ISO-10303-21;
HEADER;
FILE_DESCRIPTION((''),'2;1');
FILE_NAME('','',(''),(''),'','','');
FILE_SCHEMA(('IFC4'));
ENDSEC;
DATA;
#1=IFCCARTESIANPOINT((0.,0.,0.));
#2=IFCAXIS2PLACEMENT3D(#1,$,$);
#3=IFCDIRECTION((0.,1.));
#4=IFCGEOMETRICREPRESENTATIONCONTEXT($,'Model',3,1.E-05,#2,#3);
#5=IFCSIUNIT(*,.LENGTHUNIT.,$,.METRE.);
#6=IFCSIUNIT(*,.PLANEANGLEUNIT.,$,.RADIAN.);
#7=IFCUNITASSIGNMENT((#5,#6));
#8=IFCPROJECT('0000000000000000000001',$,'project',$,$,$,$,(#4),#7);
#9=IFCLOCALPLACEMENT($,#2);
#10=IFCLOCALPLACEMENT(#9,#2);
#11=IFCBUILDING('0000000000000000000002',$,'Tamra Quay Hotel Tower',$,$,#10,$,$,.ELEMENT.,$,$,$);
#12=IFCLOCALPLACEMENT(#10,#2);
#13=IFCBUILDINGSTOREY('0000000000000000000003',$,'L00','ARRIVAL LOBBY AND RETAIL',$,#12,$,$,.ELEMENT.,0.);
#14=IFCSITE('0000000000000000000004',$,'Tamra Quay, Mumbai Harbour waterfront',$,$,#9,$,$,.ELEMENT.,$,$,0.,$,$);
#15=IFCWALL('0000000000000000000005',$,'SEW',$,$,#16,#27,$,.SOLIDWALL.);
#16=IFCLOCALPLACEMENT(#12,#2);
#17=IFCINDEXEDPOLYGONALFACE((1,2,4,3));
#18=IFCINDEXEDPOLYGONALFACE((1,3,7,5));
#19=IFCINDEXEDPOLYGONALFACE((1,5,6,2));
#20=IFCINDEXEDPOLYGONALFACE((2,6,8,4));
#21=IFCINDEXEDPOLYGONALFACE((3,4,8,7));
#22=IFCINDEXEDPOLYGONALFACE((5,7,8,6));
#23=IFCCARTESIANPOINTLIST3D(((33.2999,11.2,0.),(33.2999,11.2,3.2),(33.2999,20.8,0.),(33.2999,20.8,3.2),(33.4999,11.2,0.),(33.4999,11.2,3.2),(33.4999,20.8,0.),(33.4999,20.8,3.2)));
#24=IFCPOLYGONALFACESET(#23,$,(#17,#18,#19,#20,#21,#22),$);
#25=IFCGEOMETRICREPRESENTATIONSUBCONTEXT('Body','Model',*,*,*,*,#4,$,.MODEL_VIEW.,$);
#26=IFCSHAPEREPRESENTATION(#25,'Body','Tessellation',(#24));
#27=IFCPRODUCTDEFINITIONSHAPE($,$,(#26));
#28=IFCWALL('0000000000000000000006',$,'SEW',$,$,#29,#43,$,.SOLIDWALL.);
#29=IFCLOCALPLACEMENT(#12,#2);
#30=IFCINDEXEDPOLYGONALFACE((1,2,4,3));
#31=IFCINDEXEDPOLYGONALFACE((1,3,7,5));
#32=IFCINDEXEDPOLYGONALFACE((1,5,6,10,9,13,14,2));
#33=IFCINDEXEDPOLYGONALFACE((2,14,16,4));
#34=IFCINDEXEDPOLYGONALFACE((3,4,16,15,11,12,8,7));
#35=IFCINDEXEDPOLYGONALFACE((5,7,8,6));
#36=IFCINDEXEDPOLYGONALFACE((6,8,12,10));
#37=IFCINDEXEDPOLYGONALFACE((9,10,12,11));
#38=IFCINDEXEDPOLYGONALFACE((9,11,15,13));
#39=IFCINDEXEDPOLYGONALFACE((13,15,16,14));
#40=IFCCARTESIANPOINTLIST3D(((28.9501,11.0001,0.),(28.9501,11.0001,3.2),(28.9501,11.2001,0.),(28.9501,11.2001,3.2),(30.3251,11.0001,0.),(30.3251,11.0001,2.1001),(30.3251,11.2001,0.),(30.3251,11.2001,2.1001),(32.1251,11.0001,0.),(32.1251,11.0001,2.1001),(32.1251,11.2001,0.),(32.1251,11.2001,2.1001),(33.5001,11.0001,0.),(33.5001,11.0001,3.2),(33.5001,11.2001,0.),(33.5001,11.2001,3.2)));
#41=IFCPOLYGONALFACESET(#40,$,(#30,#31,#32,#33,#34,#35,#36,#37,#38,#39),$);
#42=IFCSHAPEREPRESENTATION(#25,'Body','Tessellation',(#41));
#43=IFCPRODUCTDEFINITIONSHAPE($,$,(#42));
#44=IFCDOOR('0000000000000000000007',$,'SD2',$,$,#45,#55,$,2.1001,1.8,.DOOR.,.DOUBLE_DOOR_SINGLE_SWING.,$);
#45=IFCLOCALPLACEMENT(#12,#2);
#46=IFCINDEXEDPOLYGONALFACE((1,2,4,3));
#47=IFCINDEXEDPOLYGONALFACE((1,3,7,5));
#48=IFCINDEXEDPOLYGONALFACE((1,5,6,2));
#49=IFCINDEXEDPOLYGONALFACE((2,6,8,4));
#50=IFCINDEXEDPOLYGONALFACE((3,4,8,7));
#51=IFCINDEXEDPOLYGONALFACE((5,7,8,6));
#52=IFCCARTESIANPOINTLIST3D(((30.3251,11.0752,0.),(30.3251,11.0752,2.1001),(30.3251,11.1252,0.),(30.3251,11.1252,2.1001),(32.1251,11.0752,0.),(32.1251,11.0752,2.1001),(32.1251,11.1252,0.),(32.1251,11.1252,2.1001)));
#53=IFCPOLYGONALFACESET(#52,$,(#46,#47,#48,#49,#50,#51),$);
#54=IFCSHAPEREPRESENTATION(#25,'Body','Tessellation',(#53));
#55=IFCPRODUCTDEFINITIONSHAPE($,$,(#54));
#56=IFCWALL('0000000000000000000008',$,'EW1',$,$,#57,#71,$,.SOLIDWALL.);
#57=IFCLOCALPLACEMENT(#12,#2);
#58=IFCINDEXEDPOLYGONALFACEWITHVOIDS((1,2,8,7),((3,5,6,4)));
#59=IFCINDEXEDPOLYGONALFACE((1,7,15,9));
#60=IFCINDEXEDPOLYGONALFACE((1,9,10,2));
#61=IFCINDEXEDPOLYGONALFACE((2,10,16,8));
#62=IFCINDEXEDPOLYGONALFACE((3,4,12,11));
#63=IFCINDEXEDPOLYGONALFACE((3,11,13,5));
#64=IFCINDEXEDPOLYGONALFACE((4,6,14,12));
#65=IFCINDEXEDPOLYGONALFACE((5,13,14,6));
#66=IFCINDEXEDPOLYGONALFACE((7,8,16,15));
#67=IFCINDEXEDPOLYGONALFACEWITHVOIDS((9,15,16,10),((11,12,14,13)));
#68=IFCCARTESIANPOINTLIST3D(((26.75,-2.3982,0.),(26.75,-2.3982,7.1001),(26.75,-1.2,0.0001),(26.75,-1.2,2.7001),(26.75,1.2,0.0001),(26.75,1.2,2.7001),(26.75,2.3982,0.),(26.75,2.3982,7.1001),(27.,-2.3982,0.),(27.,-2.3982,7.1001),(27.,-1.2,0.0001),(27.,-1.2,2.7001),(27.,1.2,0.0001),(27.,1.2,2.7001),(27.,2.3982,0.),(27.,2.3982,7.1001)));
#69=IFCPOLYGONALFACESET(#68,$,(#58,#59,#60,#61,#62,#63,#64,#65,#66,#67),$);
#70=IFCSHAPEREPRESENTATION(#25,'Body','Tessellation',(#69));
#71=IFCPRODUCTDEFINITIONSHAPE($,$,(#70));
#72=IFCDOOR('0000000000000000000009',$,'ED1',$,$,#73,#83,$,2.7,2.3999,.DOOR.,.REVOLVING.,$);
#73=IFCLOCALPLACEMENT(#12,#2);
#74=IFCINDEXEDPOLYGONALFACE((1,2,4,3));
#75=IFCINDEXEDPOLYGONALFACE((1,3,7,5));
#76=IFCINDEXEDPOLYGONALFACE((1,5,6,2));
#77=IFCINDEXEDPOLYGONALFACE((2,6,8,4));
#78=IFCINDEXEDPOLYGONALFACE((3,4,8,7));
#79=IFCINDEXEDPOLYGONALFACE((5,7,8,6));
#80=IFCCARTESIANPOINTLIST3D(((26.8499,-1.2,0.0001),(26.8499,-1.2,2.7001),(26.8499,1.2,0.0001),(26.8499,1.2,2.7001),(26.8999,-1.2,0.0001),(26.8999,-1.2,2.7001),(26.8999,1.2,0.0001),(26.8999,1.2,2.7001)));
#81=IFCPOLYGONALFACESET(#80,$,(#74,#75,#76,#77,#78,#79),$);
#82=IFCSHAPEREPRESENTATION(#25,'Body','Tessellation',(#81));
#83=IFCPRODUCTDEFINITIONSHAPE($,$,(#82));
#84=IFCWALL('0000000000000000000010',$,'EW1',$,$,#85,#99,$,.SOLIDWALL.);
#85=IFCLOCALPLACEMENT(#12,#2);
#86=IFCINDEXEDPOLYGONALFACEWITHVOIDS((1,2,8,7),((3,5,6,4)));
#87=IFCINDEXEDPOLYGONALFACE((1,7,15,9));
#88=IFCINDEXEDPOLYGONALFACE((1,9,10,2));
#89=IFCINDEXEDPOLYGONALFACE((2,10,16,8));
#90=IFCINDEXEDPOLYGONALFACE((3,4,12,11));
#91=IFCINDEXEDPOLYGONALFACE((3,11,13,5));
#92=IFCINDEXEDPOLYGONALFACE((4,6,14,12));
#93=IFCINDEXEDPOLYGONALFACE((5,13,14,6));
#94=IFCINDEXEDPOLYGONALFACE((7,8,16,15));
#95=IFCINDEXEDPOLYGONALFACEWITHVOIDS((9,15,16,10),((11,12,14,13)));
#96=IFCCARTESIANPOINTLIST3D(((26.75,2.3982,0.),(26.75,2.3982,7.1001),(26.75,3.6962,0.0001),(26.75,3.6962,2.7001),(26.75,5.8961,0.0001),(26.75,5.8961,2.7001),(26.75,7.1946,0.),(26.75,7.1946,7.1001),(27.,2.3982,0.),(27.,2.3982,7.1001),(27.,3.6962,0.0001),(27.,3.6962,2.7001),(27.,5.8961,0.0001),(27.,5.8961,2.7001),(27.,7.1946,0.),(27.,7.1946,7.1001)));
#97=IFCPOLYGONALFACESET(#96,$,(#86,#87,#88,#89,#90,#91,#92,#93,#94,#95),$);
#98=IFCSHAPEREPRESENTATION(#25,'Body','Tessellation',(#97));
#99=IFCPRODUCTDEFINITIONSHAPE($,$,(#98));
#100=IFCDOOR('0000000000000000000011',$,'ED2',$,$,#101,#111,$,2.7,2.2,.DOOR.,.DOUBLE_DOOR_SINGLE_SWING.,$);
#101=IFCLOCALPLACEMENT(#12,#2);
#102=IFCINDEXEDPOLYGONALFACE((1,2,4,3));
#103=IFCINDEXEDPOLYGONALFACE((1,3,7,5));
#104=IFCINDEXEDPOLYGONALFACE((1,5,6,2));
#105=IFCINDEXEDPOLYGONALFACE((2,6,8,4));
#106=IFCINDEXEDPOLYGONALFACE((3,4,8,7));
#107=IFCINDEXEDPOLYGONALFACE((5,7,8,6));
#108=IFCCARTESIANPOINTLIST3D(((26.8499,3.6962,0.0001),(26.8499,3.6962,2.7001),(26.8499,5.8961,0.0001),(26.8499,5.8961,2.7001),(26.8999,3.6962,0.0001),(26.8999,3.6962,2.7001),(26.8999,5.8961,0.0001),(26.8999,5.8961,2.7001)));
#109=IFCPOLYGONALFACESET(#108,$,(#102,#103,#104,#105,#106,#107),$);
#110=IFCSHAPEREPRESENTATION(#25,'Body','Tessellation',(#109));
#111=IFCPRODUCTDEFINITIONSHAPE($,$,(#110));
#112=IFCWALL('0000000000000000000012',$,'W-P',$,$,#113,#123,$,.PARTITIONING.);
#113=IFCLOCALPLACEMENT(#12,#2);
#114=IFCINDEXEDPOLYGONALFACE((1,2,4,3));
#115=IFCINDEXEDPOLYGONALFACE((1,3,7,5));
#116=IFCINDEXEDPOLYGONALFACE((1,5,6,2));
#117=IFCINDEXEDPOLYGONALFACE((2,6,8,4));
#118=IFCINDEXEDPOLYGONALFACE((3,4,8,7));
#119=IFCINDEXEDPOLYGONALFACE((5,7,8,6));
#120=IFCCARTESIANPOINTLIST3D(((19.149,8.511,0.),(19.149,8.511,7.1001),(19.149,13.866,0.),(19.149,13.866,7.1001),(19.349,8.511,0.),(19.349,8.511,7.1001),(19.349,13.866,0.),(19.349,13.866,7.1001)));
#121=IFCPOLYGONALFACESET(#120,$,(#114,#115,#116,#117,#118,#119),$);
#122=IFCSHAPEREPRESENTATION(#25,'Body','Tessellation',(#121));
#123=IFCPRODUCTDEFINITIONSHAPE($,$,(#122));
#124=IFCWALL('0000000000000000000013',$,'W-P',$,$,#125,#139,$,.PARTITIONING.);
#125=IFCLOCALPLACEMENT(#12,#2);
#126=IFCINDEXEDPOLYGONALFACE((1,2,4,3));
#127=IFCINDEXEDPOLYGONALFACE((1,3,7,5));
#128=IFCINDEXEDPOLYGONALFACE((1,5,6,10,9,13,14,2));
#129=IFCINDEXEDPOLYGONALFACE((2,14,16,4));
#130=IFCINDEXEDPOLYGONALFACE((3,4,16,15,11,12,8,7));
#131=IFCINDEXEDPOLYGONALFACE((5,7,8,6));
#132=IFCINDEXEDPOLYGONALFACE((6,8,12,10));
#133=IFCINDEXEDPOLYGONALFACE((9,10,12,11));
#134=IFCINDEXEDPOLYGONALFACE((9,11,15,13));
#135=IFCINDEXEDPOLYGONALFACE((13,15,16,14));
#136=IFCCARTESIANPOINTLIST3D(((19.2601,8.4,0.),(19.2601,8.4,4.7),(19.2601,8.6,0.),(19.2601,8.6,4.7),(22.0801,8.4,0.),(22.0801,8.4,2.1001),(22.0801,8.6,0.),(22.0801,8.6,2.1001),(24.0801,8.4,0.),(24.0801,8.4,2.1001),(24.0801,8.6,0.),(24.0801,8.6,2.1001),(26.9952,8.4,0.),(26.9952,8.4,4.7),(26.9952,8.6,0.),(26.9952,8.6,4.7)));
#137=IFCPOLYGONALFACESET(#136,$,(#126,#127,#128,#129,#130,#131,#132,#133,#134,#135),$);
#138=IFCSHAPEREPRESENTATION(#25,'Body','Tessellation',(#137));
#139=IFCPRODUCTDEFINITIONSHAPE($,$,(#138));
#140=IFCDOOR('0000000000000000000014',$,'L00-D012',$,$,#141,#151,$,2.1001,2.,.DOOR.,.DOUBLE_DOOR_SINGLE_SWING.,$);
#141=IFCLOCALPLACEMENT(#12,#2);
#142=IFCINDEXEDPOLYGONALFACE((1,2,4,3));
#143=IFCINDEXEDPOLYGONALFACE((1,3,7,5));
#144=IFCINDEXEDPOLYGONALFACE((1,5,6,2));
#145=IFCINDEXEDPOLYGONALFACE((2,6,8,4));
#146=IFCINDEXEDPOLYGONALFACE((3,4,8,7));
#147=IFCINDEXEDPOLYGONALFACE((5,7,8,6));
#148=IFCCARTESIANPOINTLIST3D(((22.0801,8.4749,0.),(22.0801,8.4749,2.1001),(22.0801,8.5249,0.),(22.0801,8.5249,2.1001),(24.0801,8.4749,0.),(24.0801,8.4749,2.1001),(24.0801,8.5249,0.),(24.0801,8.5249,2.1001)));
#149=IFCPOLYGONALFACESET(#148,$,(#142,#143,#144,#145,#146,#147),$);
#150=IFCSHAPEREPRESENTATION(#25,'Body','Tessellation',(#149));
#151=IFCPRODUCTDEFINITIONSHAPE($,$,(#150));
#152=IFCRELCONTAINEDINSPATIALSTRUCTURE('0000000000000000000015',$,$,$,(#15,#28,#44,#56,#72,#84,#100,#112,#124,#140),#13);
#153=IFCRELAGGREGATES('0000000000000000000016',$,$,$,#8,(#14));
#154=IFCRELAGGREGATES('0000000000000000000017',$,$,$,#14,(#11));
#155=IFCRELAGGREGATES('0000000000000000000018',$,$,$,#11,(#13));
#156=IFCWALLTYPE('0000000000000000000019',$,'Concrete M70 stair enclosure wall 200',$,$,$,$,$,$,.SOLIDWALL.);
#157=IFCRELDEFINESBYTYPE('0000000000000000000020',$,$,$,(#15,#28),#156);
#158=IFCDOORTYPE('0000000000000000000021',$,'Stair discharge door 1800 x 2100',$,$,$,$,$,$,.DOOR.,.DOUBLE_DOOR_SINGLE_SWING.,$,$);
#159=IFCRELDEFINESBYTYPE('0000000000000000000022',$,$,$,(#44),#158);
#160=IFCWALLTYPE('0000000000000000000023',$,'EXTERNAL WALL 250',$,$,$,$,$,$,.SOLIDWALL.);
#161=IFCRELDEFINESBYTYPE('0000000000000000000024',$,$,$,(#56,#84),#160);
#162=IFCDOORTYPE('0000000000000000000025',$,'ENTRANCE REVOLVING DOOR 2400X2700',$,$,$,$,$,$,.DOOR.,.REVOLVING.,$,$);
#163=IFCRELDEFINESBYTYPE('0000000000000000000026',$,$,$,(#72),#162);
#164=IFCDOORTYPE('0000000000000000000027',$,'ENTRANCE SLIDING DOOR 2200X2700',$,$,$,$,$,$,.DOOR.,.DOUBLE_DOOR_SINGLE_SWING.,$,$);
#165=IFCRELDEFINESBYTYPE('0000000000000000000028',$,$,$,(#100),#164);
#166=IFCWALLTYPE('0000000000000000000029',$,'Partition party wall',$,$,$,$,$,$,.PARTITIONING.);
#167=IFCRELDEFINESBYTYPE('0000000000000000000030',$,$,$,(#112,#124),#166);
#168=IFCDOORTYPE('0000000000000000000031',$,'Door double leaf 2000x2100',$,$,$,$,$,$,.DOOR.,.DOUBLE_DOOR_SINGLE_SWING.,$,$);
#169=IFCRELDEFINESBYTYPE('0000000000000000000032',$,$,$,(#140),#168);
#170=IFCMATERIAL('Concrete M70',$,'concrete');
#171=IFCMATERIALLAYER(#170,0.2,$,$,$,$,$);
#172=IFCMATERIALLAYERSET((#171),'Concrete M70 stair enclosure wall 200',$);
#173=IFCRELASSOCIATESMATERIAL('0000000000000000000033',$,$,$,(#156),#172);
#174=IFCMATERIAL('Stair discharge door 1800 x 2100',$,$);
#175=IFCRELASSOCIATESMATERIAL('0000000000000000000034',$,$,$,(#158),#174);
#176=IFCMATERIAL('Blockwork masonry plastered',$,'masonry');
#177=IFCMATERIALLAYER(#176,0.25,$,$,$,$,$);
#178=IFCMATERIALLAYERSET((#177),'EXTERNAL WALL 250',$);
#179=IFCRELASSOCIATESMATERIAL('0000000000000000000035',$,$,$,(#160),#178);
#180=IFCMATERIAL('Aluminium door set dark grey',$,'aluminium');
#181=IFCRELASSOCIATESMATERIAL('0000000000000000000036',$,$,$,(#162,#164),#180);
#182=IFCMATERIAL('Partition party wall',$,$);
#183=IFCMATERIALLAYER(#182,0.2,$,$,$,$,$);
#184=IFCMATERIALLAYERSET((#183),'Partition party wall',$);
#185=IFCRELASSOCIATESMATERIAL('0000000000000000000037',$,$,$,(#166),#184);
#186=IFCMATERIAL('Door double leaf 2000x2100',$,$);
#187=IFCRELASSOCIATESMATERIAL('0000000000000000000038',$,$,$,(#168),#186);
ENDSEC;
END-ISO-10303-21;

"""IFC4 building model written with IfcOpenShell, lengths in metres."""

from ifc_helpers import new_model, si_unit, direction, frame, frame_2d, origin, place, context, subcontext, project, spatial, rectangle, extrude, material, layer, layer_set, type_object, element, fill, save


model = new_model("IFC4")

# Units and contexts
model_context = context("Model", 3, precision=1e-05, world=origin(), true_north=direction((0.0, 1.0)))
body_context = subcontext(model_context, "Body", "Model", "MODEL_VIEW")
ifc_project = project(units=[si_unit("LENGTHUNIT", "METRE"), si_unit("PLANEANGLEUNIT", "RADIAN")], contexts=[model_context])

# Site, building, storey
site_placement = place(None, origin())
site = spatial("IfcSite", under=ifc_project, at=site_placement, Name="Tamra Quay, Mumbai Harbour waterfront", CompositionType="ELEMENT", RefElevation=0.0)
building_placement = place(site_placement, origin())
building = spatial("IfcBuilding", under=site, at=building_placement, Name="Tamra Quay Hotel Tower", CompositionType="ELEMENT")
storey_placement = place(building_placement, origin())
storey = spatial("IfcBuildingStorey", under=building, at=storey_placement, Name="L00", Description="ARRIVAL LOBBY AND RETAIL", CompositionType="ELEMENT", Elevation=0.0)

# Shared definitions
ifc_material_1 = material(Name="Concrete M70", Category="concrete")

# Wall
ifc_layer_1 = layer(ifc_material_1, 0.2)
ifc_layer_set_1 = layer_set([ifc_layer_1], Name="Concrete M70 stair enclosure wall 200")
wall_type_1 = type_object("IfcWallType", Name="Concrete M70 stair enclosure wall 200", PredefinedType="SOLIDWALL", material=ifc_layer_set_1)
for number, where, z_axis, x_axis, name in (
    (1, (33.3999, 11.2, 0.0), (0.0, 0.0, 1.0), (0.0, 1.0, 0.0), "SEW"),
):
    element("IfcWall", number, at=place(storey_placement, frame(where, z_axis=z_axis, x_axis=x_axis)), inside=storey, type_object=wall_type_1, Name=name, PredefinedType="SOLIDWALL", context=body_context, shape_type="SweptSolid", body=[
        extrude(rectangle(XDim=9.6001, YDim=0.2, at=frame_2d((4.8, 0.0))), origin(), (0.0, 0.0, 1.0), 3.2),
    ])

# Walls, openings, doors
wall_1_placement = place(storey_placement, frame((33.5, 11.1001, 0.0), z_axis=(0.0, 0.0, 1.0), x_axis=(-1.0, 0.0, 0.0)))
wall_1 = element("IfcWall", 2, at=wall_1_placement, inside=storey, type_object=wall_type_1, Name="SEW", PredefinedType="SOLIDWALL", context=body_context, shape_type="SweptSolid", body=[
    extrude(rectangle(XDim=4.55, YDim=0.2, at=frame_2d((2.2749, 0.0))), origin(), (0.0, 0.0, 1.0), 3.2),
])
opening_1_placement = place(wall_1_placement, frame((1.375, 0.0, 0.0)))
opening_1 = element("IfcOpeningElement", 3, at=opening_1_placement, cuts=wall_1, PredefinedType="OPENING", context=body_context, shape_type="SweptSolid", body=[
    extrude(rectangle(XDim=1.8, YDim=2.1001, at=frame_2d((0.8999, 1.05))), frame((0.0, 0.1099, 0.0), z_axis=(0.0, -1.0, 0.0), x_axis=(1.0, 0.0, 0.0)), (0.0, 0.0, 1.0), 0.22),
])
ifc_material_2 = material(Name="Stair discharge door 1800 x 2100")
door_type_1 = type_object("IfcDoorType", Name="Stair discharge door 1800 x 2100", OperationType="DOUBLE_DOOR_SINGLE_SWING", PredefinedType="DOOR", material=ifc_material_2)
door_1_placement = place(opening_1_placement, origin())
door_1 = element("IfcDoor", 4, at=door_1_placement, inside=storey, type_object=door_type_1, Name="SD2", OperationType="DOUBLE_DOOR_SINGLE_SWING", OverallHeight=2.1001, OverallWidth=1.8, PredefinedType="DOOR", context=body_context, shape_type="SweptSolid", body=[
    extrude(rectangle(XDim=1.8, YDim=2.1001, at=frame_2d((0.8999, 1.05))), frame((0.0, 0.0249, 0.0), z_axis=(0.0, -1.0, 0.0), x_axis=(1.0, 0.0, 0.0)), (0.0, 0.0, 1.0), 0.05),
])
fill(opening_1, door_1)
ifc_material_3 = material(Name="Blockwork masonry plastered", Category="masonry")
ifc_layer_2 = layer(ifc_material_3, 0.25)
ifc_layer_set_2 = layer_set([ifc_layer_2], Name="EXTERNAL WALL 250")
wall_type_2 = type_object("IfcWallType", Name="EXTERNAL WALL 250", PredefinedType="SOLIDWALL", material=ifc_layer_set_2)
wall_2_placement = place(storey_placement, frame((26.875, 2.3982, 0.0), z_axis=(0.0, 0.0, 1.0), x_axis=(0.0, -1.0, 0.0)))
wall_2 = element("IfcWall", 5, at=wall_2_placement, inside=storey, type_object=wall_type_2, Name="EW1", PredefinedType="SOLIDWALL", context=body_context, shape_type="SweptSolid", body=[
    extrude(rectangle(XDim=4.7964, YDim=0.25, at=frame_2d((2.3982, 0.0))), origin(), (0.0, 0.0, 1.0), 7.1001),
])
opening_2_placement = place(wall_2_placement, frame((1.1982, 0.0, 0.0)))
opening_2 = element("IfcOpeningElement", 6, at=opening_2_placement, cuts=wall_2, PredefinedType="OPENING", context=body_context, shape_type="SweptSolid", body=[
    extrude(rectangle(XDim=2.3999, YDim=2.7, at=frame_2d((1.2, 1.3501))), frame((0.0, 0.135, 0.0), z_axis=(0.0, -1.0, 0.0), x_axis=(1.0, 0.0, 0.0)), (0.0, 0.0, 1.0), 0.27),
])
ifc_material_4 = material(Name="Aluminium door set dark grey", Category="aluminium")
door_type_2 = type_object("IfcDoorType", Name="ENTRANCE REVOLVING DOOR 2400X2700", OperationType="REVOLVING", PredefinedType="DOOR", material=ifc_material_4)
door_2_placement = place(opening_2_placement, origin())
door_2 = element("IfcDoor", 7, at=door_2_placement, inside=storey, type_object=door_type_2, Name="ED1", OperationType="REVOLVING", OverallHeight=2.7, OverallWidth=2.3999, PredefinedType="DOOR", context=body_context, shape_type="SweptSolid", body=[
    extrude(rectangle(XDim=2.3999, YDim=2.7, at=frame_2d((1.2, 1.3501))), frame((0.0, 0.0249, 0.0), z_axis=(0.0, -1.0, 0.0), x_axis=(1.0, 0.0, 0.0)), (0.0, 0.0, 1.0), 0.05),
])
fill(opening_2, door_2)
wall_3_placement = place(storey_placement, frame((26.875, 7.1946, 0.0), z_axis=(0.0, 0.0, 1.0), x_axis=(0.0, -1.0, 0.0)))
wall_3 = element("IfcWall", 8, at=wall_3_placement, inside=storey, type_object=wall_type_2, Name="EW1", PredefinedType="SOLIDWALL", context=body_context, shape_type="SweptSolid", body=[
    extrude(rectangle(XDim=4.7964, YDim=0.25, at=frame_2d((2.3982, 0.0))), origin(), (0.0, 0.0, 1.0), 7.1001),
])
opening_3_placement = place(wall_3_placement, frame((1.2983, 0.0, 0.0)))
opening_3 = element("IfcOpeningElement", 9, at=opening_3_placement, cuts=wall_3, PredefinedType="OPENING", context=body_context, shape_type="SweptSolid", body=[
    extrude(rectangle(XDim=2.2, YDim=2.7, at=frame_2d((1.1001, 1.3501))), frame((0.0, 0.135, 0.0), z_axis=(0.0, -1.0, 0.0), x_axis=(1.0, 0.0, 0.0)), (0.0, 0.0, 1.0), 0.27),
])
door_type_3 = type_object("IfcDoorType", Name="ENTRANCE SLIDING DOOR 2200X2700", OperationType="DOUBLE_DOOR_SINGLE_SWING", PredefinedType="DOOR", material=ifc_material_4)
door_3_placement = place(opening_3_placement, origin())
door_3 = element("IfcDoor", 10, at=door_3_placement, inside=storey, type_object=door_type_3, Name="ED2", OperationType="DOUBLE_DOOR_SINGLE_SWING", OverallHeight=2.7, OverallWidth=2.2, PredefinedType="DOOR", context=body_context, shape_type="SweptSolid", body=[
    extrude(rectangle(XDim=2.2, YDim=2.7, at=frame_2d((1.1001, 1.3501))), frame((0.0, 0.0249, 0.0), z_axis=(0.0, -1.0, 0.0), x_axis=(1.0, 0.0, 0.0)), (0.0, 0.0, 1.0), 0.05),
])
fill(opening_3, door_3)

# Wall
ifc_material_5 = material(Name="Partition party wall")
ifc_layer_3 = layer(ifc_material_5, 0.2)
ifc_layer_set_3 = layer_set([ifc_layer_3], Name="Partition party wall")
wall_type_3 = type_object("IfcWallType", Name="Partition party wall", PredefinedType="PARTITIONING", material=ifc_layer_set_3)
wall_4_placement = place(storey_placement, frame((19.249, 8.511, 0.0), z_axis=(0.0, 0.0, 1.0), x_axis=(0.0, 1.0, 0.0)))
element("IfcWall", 11, at=wall_4_placement, inside=storey, type_object=wall_type_3, Name="W-P", PredefinedType="PARTITIONING", context=body_context, shape_type="SweptSolid", body=[
    extrude(rectangle(XDim=5.355, YDim=0.2, at=frame_2d((2.6775, 0.0))), origin(), (0.0, 0.0, 1.0), 7.1001),
])

# Wall, opening, door
wall_5_placement = place(storey_placement, frame((19.26, 8.5, 0.0), z_axis=(0.0, 0.0, 1.0), x_axis=(1.0, 0.0, 0.0)))
wall_5 = element("IfcWall", 12, at=wall_5_placement, inside=storey, type_object=wall_type_3, Name="W-P", PredefinedType="PARTITIONING", context=body_context, shape_type="SweptSolid", body=[
    extrude(rectangle(XDim=7.7351, YDim=0.2, at=frame_2d((3.8677, 0.0))), origin(), (0.0, 0.0, 1.0), 4.7),
])
opening_4_placement = place(wall_5_placement, frame((2.8201, 0.0, 0.0)))
opening_4 = element("IfcOpeningElement", 13, at=opening_4_placement, cuts=wall_5, PredefinedType="OPENING", context=body_context, shape_type="SweptSolid", body=[
    extrude(rectangle(XDim=2.0, YDim=2.1001, at=frame_2d((1.0, 1.05))), frame((0.0, 0.1099, 0.0), z_axis=(0.0, -1.0, 0.0), x_axis=(1.0, 0.0, 0.0)), (0.0, 0.0, 1.0), 0.22),
])
ifc_material_6 = material(Name="Door double leaf 2000x2100")
door_type_4 = type_object("IfcDoorType", Name="Door double leaf 2000x2100", OperationType="DOUBLE_DOOR_SINGLE_SWING", PredefinedType="DOOR", material=ifc_material_6)
door_4_placement = place(opening_4_placement, origin())
door_4 = element("IfcDoor", 14, at=door_4_placement, inside=storey, type_object=door_type_4, Name="L00-D012", OperationType="DOUBLE_DOOR_SINGLE_SWING", OverallHeight=2.1001, OverallWidth=2.0, PredefinedType="DOOR", context=body_context, shape_type="SweptSolid", body=[
    extrude(rectangle(XDim=2.0, YDim=2.1001, at=frame_2d((1.0, 1.05))), frame((0.0, 0.0249, 0.0), z_axis=(0.0, -1.0, 0.0), x_axis=(1.0, 0.0, 0.0)), (0.0, 0.0, 1.0), 0.05),
])
fill(opening_4, door_4)

save(model, "model.ifc")
